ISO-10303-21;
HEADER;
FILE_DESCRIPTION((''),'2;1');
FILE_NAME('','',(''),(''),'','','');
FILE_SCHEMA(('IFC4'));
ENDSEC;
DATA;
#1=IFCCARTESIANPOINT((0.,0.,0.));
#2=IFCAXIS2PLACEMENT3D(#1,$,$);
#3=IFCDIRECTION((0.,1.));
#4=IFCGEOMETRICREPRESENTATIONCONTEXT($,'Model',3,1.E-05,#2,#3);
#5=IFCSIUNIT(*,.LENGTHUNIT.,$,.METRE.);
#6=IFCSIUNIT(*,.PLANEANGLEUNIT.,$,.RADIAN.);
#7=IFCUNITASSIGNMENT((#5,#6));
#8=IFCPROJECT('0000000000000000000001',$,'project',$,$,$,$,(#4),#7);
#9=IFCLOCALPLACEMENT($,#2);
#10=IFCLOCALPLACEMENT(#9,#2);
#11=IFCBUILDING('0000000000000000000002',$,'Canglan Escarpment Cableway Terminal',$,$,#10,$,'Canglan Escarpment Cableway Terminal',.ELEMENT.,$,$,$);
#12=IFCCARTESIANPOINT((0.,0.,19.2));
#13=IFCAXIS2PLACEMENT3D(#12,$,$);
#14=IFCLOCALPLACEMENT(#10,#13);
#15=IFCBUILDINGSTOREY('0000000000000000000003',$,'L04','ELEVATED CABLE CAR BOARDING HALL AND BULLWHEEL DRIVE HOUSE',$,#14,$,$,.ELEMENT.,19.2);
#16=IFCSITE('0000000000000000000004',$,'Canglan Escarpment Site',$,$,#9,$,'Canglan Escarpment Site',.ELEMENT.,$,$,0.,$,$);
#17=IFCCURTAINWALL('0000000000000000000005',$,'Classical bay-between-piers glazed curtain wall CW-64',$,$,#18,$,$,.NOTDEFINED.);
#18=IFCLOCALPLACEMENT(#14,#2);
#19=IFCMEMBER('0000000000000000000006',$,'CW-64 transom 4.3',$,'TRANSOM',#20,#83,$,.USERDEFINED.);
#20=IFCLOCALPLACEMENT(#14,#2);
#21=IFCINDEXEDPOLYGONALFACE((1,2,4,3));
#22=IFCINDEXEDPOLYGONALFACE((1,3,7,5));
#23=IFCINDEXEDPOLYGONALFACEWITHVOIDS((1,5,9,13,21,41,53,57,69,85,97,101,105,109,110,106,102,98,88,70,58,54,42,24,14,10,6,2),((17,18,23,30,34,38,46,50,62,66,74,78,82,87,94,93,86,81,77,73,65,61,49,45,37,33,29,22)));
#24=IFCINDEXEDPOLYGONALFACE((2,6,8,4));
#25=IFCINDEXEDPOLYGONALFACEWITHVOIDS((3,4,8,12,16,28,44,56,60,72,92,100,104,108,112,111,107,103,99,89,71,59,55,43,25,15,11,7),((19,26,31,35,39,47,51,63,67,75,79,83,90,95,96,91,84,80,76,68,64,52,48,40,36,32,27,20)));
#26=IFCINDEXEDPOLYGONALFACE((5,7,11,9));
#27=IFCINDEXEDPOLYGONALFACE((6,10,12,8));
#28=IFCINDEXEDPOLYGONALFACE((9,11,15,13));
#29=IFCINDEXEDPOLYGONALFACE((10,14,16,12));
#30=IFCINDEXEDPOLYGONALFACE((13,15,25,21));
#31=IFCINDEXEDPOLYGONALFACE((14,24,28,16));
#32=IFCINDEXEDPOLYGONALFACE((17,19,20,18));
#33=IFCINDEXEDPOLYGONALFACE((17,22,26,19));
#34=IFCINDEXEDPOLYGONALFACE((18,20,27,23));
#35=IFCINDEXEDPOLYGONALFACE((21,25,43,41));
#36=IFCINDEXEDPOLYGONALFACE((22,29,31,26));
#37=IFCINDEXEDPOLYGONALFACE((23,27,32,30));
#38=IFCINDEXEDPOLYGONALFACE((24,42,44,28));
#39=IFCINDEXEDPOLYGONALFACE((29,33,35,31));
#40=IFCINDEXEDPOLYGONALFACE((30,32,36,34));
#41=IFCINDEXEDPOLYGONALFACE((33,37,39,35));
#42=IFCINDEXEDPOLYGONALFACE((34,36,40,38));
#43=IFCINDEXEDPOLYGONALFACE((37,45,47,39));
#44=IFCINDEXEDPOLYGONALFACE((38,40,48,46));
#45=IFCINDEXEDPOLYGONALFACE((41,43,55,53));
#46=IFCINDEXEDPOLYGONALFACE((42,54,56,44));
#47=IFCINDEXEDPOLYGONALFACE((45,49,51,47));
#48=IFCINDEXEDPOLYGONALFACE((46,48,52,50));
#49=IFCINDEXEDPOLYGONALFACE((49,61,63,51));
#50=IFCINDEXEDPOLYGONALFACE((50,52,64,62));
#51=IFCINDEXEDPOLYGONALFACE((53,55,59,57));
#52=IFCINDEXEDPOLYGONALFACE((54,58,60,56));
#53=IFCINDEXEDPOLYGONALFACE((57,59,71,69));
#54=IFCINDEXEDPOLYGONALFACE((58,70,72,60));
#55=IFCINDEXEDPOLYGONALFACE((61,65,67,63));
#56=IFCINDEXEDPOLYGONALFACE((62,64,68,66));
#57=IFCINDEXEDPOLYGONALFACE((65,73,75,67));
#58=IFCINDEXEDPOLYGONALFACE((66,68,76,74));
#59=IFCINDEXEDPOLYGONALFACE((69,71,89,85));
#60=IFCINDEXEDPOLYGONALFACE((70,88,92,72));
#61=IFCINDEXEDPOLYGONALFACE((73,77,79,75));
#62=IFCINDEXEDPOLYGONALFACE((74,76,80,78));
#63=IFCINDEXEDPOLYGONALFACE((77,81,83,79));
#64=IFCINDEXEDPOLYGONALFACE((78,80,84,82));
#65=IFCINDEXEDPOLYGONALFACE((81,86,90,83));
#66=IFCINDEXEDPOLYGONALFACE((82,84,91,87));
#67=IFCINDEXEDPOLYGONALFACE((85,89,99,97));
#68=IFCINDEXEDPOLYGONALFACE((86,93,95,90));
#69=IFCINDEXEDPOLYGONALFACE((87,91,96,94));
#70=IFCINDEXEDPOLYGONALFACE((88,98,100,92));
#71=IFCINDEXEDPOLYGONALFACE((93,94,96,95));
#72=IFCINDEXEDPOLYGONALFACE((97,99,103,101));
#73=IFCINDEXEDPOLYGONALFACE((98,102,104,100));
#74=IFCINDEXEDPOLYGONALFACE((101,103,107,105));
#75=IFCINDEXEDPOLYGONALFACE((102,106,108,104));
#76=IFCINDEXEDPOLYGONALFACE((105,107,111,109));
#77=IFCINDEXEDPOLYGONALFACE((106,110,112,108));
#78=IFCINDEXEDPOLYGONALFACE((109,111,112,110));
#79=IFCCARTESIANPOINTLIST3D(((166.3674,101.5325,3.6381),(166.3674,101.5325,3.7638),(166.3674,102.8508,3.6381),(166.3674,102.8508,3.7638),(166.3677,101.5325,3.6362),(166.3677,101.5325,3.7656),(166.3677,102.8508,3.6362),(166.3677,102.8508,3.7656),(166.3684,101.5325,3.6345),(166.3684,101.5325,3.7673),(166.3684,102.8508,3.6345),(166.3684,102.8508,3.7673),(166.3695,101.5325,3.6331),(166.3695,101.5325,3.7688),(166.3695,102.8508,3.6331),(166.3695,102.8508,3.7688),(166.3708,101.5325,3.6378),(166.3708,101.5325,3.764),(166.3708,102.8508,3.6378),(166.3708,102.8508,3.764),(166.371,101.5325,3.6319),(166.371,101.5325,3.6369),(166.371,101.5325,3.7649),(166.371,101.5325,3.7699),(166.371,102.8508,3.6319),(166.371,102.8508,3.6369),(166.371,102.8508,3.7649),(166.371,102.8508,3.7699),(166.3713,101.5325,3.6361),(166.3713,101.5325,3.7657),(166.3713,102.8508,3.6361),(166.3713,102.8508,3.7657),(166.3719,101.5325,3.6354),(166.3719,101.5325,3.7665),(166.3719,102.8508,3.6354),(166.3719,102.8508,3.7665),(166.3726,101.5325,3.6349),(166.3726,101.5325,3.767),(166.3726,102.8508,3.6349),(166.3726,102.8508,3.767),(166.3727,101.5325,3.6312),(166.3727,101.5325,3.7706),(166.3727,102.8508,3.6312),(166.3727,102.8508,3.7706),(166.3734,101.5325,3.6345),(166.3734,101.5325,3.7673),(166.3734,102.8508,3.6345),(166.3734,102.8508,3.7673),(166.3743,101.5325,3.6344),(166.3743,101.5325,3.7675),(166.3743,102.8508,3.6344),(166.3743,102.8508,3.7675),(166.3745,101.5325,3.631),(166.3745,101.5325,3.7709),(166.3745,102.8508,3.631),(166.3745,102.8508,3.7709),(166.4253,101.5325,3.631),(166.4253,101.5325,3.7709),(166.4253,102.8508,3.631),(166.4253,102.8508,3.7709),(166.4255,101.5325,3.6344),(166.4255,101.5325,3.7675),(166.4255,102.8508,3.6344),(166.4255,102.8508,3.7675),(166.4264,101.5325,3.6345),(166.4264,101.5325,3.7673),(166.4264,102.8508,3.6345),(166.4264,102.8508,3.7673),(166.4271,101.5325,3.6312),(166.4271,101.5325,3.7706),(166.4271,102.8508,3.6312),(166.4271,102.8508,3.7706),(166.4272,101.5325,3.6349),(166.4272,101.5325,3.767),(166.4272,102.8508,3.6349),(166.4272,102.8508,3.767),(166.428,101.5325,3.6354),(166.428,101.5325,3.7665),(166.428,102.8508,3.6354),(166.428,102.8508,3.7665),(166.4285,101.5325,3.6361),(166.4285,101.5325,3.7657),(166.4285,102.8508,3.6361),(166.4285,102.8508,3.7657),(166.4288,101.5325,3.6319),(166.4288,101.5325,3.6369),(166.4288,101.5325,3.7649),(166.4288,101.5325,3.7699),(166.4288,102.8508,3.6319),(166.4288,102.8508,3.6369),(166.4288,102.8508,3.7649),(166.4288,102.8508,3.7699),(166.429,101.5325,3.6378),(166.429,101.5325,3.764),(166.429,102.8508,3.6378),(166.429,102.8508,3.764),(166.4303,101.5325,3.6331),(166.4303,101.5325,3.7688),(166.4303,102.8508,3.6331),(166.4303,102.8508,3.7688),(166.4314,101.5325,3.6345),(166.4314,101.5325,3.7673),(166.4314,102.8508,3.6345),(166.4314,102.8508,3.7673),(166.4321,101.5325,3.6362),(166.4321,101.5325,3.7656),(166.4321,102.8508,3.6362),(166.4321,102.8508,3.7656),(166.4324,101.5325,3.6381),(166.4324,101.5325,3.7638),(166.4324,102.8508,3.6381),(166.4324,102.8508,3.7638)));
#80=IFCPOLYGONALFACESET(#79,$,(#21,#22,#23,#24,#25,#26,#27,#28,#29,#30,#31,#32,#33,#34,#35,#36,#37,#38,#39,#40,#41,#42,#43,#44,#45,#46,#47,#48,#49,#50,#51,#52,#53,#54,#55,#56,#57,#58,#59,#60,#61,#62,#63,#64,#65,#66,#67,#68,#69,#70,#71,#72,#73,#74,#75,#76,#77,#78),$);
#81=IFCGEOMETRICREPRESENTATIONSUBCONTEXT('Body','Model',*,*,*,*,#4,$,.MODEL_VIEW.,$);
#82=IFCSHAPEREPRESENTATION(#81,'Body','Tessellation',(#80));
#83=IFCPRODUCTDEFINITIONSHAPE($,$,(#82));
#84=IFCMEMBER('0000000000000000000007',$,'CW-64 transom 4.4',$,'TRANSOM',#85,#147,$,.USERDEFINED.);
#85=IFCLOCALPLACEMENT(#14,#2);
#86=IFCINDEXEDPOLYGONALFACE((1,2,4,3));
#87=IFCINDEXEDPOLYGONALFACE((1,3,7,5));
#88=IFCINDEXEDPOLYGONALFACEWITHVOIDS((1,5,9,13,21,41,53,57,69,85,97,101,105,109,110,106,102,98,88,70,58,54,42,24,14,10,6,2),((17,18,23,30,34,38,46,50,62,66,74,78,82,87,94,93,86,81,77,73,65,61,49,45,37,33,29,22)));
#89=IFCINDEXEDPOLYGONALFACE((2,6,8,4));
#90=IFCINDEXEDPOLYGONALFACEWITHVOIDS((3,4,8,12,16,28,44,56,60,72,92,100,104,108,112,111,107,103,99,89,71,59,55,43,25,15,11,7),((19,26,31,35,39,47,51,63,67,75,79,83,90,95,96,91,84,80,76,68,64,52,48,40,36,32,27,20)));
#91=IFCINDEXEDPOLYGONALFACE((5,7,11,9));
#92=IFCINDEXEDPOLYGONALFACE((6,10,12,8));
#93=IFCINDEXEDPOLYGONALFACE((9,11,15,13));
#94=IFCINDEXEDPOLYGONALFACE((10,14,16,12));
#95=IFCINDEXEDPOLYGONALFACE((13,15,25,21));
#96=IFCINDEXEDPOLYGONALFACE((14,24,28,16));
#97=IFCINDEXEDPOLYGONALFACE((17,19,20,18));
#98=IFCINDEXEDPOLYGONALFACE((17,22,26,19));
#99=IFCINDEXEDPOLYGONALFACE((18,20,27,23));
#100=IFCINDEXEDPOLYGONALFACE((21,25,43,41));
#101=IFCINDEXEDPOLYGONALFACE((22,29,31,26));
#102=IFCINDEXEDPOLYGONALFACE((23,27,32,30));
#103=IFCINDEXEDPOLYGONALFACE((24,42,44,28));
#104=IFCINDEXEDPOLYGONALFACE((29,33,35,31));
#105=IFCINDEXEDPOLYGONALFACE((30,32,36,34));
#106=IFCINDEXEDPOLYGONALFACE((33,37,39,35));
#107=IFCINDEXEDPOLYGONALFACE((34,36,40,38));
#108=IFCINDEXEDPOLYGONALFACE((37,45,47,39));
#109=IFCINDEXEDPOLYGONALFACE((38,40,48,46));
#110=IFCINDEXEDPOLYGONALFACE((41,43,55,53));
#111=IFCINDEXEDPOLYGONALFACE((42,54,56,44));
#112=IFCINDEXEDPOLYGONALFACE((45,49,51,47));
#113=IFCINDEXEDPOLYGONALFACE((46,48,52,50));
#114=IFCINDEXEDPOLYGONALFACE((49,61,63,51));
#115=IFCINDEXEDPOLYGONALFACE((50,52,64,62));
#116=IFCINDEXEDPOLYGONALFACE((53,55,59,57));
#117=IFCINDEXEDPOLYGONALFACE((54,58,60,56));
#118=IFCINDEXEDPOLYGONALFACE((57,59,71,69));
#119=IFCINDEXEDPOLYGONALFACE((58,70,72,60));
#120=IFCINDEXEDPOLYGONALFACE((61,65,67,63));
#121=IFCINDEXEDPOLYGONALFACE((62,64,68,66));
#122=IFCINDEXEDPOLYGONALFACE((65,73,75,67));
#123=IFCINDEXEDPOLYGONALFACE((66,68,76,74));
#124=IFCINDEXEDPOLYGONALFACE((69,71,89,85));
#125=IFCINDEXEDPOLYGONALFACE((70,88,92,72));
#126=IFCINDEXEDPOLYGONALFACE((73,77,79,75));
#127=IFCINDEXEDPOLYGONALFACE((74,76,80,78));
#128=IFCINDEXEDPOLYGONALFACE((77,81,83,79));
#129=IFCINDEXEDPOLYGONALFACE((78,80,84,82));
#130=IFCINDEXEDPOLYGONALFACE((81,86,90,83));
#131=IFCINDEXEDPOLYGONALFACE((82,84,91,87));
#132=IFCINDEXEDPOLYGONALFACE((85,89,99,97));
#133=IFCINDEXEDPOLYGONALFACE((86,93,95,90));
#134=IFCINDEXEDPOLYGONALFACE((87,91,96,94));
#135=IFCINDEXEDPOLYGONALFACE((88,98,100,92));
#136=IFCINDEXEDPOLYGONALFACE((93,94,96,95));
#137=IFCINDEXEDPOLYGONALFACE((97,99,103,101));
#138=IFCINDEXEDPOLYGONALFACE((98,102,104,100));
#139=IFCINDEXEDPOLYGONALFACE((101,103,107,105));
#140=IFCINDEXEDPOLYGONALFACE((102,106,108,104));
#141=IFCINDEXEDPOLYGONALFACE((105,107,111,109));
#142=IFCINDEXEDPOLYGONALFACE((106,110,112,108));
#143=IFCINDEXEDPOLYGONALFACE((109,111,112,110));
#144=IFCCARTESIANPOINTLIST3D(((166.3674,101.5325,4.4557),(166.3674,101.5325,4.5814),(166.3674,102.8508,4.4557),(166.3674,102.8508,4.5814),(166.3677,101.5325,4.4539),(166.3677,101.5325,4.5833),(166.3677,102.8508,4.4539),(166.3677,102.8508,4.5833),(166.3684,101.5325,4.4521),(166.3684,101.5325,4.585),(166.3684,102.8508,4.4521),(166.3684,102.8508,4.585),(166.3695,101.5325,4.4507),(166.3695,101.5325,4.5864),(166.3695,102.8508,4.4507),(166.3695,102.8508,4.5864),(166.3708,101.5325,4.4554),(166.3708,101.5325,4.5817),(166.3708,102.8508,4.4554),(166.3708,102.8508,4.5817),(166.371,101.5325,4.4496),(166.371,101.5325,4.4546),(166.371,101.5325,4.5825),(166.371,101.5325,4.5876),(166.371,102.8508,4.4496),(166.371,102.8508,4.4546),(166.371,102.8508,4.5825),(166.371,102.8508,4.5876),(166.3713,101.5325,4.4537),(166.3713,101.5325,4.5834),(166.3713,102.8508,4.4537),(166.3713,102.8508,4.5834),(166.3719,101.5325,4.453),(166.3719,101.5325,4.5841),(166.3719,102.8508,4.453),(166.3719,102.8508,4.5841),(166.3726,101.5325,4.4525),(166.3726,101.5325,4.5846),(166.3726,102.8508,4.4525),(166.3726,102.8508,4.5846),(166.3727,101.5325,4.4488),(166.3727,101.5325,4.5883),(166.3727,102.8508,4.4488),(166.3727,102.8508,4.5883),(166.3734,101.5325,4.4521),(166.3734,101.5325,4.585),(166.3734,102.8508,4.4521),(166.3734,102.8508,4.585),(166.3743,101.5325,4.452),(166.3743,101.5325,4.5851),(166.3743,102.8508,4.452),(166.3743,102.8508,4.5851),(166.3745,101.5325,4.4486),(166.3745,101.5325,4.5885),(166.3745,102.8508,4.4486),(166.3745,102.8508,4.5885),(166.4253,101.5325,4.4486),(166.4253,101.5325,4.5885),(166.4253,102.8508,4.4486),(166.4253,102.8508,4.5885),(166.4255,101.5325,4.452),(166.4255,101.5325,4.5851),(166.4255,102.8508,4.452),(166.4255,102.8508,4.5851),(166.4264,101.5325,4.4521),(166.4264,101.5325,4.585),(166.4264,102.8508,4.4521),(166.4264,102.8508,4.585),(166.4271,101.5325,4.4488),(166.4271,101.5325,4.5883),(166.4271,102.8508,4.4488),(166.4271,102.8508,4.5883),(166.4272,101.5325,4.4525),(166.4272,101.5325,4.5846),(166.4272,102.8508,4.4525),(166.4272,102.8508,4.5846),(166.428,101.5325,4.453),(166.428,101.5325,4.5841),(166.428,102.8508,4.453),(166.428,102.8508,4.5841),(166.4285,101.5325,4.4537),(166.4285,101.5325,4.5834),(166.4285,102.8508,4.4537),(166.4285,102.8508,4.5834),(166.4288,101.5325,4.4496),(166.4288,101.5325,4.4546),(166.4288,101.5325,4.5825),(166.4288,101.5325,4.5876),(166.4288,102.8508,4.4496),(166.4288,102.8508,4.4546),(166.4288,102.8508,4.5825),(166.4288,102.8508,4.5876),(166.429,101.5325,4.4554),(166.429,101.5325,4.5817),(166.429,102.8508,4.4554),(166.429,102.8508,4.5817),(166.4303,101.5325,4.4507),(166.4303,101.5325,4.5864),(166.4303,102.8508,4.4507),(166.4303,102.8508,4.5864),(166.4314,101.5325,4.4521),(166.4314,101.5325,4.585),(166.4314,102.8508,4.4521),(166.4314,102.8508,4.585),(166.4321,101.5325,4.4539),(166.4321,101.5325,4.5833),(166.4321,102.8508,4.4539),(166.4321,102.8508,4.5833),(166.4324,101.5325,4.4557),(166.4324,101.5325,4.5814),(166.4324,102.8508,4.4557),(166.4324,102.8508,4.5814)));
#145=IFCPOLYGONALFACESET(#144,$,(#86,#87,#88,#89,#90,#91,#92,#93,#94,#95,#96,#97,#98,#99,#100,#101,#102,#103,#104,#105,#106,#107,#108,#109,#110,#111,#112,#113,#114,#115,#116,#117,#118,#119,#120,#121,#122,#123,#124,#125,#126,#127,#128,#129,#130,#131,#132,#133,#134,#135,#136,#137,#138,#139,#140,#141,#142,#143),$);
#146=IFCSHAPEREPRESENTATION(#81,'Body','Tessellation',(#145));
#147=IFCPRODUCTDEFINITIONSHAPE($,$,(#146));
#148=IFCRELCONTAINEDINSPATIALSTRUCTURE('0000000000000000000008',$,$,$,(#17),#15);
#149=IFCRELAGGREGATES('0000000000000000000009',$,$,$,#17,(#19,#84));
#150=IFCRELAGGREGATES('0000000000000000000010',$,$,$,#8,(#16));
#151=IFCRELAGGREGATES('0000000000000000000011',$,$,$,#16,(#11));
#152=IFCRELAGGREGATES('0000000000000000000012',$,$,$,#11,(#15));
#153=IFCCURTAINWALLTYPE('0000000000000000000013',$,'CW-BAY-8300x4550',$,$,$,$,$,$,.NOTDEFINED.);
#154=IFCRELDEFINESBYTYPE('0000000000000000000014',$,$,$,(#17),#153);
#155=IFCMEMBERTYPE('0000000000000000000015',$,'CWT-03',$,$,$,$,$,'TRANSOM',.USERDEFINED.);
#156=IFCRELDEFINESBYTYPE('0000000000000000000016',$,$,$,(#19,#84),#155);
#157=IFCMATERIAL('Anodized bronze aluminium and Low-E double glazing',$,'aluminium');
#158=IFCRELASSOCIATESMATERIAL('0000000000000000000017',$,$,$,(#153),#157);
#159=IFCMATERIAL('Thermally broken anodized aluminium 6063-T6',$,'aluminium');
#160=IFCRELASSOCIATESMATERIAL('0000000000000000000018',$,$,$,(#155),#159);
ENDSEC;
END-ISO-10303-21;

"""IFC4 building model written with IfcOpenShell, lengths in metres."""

from ifc_helpers import new_model, si_unit, direction, frame, origin, origin_2d, place, context, subcontext, project, spatial, hollow_rectangle, extrude, material, material_profile, profile_set, type_object, element, aggregate, save


model = new_model("IFC4")

# Units and contexts
model_context = context("Model", 3, precision=1e-05, world=origin(), true_north=direction((0.0, 1.0)))
body_context = subcontext(model_context, "Body", "Model", "MODEL_VIEW")
ifc_project = project(units=[si_unit("LENGTHUNIT", "METRE"), si_unit("PLANEANGLEUNIT", "RADIAN")], contexts=[model_context])

# Site, building, storey
site_placement = place(None, origin())
site = spatial("IfcSite", under=ifc_project, at=site_placement, Name="Canglan Escarpment Site", LongName="Canglan Escarpment Site", CompositionType="ELEMENT", RefElevation=0.0)
building_placement = place(site_placement, origin())
building = spatial("IfcBuilding", under=site, at=building_placement, Name="Canglan Escarpment Cableway Terminal", LongName="Canglan Escarpment Cableway Terminal", CompositionType="ELEMENT")
storey_placement = place(building_placement, frame((0.0, 0.0, 19.2)))
storey = spatial("IfcBuildingStorey", under=building, at=storey_placement, Name="L04", Description="ELEVATED CABLE CAR BOARDING HALL AND BULLWHEEL DRIVE HOUSE", CompositionType="ELEMENT", Elevation=19.2)

# Curtain wall, members
ifc_material_1 = material(Name="Anodized bronze aluminium and Low-E double glazing", Category="aluminium")
curtain_wall_type = type_object("IfcCurtainWallType", Name="CW-BAY-8300x4550", PredefinedType="NOTDEFINED", material=ifc_material_1)
curtain_wall_placement = place(storey_placement, origin())
curtain_wall = element("IfcCurtainWall", 1, at=curtain_wall_placement, inside=storey, type_object=curtain_wall_type, Name="Classical bay-between-piers glazed curtain wall CW-64", PredefinedType="NOTDEFINED")
ifc_material_2 = material(Name="Thermally broken anodized aluminium 6063-T6", Category="aluminium")
ifc_material_profile_1 = material_profile(ifc_material_2, hollow_rectangle(XDim=0.0649, YDim=0.1399, WallThickness=0.0034, InnerFilletRadius=0.0034, OuterFilletRadius=0.0071, at=origin_2d()), Name="ALU-TRAN 65x140x3.5")
ifc_profile_set_1 = profile_set([ifc_material_profile_1], Name="Thermally broken anodized aluminium 6063-T6")
member_type_1 = type_object("IfcMemberType", Name="CWT-03", ElementType="TRANSOM", PredefinedType="USERDEFINED", material=ifc_profile_set_1)
member_1_placement = place(storey_placement, frame((166.3999, 101.5325, 3.7009), z_axis=(0.0, 1.0, 0.0), x_axis=(-1.0, 0.0, 0.0)))
member_1 = element("IfcMember", 2, at=member_1_placement, type_object=member_type_1, Name="CW-64 transom 4.3", ObjectType="TRANSOM", PredefinedType="USERDEFINED", context=body_context, shape_type="SweptSolid", body=[
    extrude(hollow_rectangle(XDim=0.0649, YDim=0.1399, WallThickness=0.0034, InnerFilletRadius=0.0034, OuterFilletRadius=0.0071, at=origin_2d()), origin(), (0.0, 0.0, 1.0), 1.3184),
])
member_2_placement = place(storey_placement, frame((166.3999, 101.5325, 4.5186), z_axis=(0.0, 1.0, 0.0), x_axis=(-1.0, 0.0, 0.0)))
member_2 = element("IfcMember", 3, at=member_2_placement, type_object=member_type_1, Name="CW-64 transom 4.4", ObjectType="TRANSOM", PredefinedType="USERDEFINED", context=body_context, shape_type="SweptSolid", body=[
    extrude(hollow_rectangle(XDim=0.0649, YDim=0.1399, WallThickness=0.0034, InnerFilletRadius=0.0034, OuterFilletRadius=0.0071, at=origin_2d()), origin(), (0.0, 0.0, 1.0), 1.3184),
])
aggregate(curtain_wall, [member_1, member_2])

save(model, "model.ifc")
